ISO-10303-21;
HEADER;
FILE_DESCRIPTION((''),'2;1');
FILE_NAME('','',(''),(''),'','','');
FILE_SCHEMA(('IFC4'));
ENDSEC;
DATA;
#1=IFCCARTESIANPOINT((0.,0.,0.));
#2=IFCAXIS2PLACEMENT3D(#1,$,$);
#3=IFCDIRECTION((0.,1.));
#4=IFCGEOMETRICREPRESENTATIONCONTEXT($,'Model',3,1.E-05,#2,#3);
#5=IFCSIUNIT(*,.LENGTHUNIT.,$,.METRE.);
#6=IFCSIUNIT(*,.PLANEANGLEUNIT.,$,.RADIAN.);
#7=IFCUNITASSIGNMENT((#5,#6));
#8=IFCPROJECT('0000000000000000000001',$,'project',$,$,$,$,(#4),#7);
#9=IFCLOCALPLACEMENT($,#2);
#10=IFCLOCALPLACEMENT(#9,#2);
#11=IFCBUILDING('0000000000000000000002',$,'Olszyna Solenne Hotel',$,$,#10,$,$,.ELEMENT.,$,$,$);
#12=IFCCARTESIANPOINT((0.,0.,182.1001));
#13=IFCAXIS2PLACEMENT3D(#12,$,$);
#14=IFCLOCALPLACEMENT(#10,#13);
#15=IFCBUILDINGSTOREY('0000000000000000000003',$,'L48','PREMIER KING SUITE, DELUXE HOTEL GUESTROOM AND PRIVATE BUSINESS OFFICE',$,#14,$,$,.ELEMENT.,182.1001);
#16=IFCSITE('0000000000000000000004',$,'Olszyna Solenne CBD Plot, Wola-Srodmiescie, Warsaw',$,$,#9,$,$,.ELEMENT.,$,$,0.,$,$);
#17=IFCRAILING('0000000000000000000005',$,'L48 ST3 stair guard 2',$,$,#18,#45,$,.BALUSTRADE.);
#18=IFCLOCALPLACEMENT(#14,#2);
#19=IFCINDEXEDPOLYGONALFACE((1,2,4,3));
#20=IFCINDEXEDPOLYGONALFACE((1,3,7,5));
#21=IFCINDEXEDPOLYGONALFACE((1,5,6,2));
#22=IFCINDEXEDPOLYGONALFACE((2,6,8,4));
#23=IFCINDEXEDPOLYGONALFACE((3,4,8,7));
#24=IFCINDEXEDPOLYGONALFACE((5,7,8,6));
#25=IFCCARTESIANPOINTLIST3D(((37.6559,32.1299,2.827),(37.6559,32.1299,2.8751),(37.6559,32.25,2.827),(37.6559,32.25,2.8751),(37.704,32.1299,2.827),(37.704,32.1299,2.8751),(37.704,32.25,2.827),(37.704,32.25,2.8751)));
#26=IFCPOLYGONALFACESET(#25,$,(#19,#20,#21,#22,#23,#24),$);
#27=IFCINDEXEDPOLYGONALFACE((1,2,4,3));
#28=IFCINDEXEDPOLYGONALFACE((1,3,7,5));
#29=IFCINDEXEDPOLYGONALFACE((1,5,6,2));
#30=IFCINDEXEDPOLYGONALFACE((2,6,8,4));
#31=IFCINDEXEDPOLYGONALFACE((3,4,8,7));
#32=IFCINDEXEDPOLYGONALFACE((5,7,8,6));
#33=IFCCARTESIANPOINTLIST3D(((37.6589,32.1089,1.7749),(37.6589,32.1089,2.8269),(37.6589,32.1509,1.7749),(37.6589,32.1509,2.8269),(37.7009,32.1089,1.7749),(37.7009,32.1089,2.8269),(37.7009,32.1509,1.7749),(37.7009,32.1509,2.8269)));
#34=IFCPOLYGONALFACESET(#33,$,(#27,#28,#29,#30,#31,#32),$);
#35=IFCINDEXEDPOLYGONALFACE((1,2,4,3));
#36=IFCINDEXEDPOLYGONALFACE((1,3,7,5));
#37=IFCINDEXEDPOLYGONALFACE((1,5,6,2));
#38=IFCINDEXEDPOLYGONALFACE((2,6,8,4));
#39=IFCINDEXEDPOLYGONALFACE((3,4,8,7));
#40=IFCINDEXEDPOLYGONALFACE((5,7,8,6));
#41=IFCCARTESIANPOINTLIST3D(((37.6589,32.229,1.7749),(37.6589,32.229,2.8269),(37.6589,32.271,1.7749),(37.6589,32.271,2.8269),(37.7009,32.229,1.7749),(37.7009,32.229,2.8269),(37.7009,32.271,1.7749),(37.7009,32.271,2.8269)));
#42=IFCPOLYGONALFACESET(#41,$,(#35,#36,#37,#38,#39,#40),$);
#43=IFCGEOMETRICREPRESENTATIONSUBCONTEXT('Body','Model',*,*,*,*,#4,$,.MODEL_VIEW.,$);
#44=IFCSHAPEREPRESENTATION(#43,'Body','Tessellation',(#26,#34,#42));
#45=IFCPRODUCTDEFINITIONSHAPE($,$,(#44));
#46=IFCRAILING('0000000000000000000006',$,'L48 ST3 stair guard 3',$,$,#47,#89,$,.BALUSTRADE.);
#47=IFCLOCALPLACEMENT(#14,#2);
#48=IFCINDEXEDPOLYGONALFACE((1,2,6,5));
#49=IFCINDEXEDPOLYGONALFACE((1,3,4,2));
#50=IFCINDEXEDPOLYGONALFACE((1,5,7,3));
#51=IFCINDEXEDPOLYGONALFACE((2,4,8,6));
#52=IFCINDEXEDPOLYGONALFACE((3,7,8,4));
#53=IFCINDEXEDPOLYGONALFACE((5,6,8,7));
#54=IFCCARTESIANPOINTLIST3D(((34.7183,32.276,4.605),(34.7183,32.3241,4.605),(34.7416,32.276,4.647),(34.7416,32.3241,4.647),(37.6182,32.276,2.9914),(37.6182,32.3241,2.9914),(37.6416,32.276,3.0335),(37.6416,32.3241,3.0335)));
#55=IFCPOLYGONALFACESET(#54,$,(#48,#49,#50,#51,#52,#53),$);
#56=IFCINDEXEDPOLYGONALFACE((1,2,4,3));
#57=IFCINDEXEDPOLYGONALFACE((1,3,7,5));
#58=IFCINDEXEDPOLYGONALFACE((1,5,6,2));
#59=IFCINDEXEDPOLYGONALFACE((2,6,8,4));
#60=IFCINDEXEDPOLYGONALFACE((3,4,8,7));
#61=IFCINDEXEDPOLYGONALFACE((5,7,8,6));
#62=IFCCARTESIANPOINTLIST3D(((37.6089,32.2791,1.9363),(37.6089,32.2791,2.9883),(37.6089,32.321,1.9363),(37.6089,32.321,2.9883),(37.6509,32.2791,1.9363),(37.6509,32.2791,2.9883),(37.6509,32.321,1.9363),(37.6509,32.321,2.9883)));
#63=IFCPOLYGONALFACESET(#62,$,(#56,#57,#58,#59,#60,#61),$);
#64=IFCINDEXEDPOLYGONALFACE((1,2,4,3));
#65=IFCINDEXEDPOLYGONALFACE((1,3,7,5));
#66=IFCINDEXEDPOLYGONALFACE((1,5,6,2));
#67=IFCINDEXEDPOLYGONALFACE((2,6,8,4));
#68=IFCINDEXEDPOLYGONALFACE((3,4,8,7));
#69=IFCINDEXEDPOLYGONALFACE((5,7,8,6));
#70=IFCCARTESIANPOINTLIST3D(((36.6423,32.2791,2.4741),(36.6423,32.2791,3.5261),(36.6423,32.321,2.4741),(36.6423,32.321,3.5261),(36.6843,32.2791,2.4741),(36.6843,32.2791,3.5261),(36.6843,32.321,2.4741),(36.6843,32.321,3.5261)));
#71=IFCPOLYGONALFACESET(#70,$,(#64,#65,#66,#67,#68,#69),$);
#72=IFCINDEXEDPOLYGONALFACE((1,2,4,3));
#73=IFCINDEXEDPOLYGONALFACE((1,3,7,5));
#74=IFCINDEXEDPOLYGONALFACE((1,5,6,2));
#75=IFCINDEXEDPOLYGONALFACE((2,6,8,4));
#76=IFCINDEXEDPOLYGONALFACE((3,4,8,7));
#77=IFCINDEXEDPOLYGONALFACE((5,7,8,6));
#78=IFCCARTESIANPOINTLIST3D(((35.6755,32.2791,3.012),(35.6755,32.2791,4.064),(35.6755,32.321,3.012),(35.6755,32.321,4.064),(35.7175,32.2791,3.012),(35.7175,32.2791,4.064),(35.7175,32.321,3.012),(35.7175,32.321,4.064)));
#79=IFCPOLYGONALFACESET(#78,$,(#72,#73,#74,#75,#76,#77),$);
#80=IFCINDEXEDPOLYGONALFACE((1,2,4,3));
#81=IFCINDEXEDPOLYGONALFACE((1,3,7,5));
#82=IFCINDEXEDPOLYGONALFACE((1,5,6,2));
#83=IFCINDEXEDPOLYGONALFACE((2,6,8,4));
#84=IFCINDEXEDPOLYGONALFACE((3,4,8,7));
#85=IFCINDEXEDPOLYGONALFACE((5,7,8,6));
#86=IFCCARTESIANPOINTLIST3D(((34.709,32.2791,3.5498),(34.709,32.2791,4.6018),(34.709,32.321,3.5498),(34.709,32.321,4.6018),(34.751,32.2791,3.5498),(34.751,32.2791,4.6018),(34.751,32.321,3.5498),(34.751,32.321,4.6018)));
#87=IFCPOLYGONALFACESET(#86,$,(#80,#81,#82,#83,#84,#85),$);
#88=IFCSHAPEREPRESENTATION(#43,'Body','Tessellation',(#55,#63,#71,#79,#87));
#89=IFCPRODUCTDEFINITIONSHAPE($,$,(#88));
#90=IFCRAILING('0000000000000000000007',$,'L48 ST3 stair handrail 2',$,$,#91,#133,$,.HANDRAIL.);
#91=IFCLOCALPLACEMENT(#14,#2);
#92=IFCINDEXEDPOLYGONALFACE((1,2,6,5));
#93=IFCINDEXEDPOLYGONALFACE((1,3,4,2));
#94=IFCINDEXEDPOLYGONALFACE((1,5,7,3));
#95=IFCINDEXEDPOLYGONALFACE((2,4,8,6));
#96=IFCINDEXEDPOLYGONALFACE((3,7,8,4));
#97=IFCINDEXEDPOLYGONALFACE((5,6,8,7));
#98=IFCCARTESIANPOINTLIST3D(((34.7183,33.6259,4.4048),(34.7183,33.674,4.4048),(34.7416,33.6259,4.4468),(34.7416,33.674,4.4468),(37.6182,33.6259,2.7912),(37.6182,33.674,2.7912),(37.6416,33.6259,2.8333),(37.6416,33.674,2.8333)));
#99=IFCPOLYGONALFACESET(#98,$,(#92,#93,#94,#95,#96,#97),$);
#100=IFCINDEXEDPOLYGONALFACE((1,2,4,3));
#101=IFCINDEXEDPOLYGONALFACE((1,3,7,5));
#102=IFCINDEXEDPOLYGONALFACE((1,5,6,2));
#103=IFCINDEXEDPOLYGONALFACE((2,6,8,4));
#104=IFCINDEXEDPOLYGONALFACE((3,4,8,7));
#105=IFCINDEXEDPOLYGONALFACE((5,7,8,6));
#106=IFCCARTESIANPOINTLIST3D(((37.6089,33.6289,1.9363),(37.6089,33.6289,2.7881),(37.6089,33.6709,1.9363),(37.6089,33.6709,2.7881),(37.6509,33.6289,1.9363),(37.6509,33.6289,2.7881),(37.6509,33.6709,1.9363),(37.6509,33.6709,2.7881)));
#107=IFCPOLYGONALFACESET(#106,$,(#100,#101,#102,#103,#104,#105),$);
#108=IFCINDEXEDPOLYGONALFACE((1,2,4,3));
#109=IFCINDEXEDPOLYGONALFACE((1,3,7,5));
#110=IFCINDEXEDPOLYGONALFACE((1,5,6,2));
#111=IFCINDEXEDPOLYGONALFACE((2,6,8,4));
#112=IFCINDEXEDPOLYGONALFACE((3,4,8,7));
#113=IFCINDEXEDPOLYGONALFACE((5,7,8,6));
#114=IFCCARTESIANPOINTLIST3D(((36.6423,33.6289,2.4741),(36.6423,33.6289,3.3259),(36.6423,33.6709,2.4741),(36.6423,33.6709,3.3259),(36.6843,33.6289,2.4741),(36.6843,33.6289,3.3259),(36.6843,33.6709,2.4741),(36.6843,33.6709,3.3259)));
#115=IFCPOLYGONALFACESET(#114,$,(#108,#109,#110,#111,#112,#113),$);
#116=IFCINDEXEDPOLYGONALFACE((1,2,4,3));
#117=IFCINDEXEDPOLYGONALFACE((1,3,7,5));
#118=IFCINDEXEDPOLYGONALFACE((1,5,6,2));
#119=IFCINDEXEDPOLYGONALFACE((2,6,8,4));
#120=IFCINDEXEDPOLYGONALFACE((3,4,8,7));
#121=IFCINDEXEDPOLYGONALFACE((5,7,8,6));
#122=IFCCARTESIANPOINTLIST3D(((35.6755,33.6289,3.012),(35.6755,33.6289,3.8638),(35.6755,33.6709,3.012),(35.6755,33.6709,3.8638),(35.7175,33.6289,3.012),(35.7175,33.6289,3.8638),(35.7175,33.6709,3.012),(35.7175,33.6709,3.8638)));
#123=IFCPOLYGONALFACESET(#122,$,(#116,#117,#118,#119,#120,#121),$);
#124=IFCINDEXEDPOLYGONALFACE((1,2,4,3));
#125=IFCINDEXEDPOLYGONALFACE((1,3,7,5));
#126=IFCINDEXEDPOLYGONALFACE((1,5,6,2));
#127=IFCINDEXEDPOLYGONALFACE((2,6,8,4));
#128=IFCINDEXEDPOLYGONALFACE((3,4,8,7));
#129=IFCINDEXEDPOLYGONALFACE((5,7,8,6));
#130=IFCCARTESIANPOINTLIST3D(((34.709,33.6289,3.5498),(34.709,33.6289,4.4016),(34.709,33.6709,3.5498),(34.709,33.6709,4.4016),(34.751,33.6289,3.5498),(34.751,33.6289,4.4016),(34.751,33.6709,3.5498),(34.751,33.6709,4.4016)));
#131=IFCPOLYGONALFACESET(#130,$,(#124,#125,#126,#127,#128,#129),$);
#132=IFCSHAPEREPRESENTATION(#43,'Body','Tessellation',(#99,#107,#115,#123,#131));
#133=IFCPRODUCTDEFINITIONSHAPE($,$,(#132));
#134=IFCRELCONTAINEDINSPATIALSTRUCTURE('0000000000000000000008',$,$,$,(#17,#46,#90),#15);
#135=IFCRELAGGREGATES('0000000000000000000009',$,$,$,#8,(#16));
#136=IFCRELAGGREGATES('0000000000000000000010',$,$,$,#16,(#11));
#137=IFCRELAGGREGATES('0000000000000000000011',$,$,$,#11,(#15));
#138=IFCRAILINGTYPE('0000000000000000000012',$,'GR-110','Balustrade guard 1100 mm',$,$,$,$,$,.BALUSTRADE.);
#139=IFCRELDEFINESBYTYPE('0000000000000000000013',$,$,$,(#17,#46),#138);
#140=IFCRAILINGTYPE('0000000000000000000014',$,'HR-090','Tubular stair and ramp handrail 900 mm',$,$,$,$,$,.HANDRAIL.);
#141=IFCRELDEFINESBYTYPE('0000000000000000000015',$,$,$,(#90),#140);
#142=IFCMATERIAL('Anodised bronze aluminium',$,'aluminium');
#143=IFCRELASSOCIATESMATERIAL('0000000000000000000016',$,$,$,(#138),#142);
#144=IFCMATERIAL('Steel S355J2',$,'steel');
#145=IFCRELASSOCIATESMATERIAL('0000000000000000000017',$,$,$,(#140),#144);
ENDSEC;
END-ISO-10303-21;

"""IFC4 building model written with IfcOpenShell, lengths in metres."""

from ifc_helpers import new_model, si_unit, direction, frame, origin, origin_2d, place, context, subcontext, project, spatial, rectangle, extrude, material, type_object, element, save


model = new_model("IFC4")

# Units and contexts
model_context = context("Model", 3, precision=1e-05, world=origin(), true_north=direction((0.0, 1.0)))
body_context = subcontext(model_context, "Body", "Model", "MODEL_VIEW")
ifc_project = project(units=[si_unit("LENGTHUNIT", "METRE"), si_unit("PLANEANGLEUNIT", "RADIAN")], contexts=[model_context])

# Site, building, storey
site_placement = place(None, origin())
site = spatial("IfcSite", under=ifc_project, at=site_placement, Name="Olszyna Solenne CBD Plot, Wola-Srodmiescie, Warsaw", CompositionType="ELEMENT", RefElevation=0.0)
building_placement = place(site_placement, origin())
building = spatial("IfcBuilding", under=site, at=building_placement, Name="Olszyna Solenne Hotel", CompositionType="ELEMENT")
storey_placement = place(building_placement, frame((0.0, 0.0, 182.1001)))
storey = spatial("IfcBuildingStorey", under=building, at=storey_placement, Name="L48", Description="PREMIER KING SUITE, DELUXE HOTEL GUESTROOM AND PRIVATE BUSINESS OFFICE", CompositionType="ELEMENT", Elevation=182.1001)

# Shared definitions
ifc_material_1 = material(Name="Steel S355J2", Category="steel")

# Shared definitions
ifc_material_2 = material(Name="Anodised bronze aluminium", Category="aluminium")

# Railings
railing_type_1 = type_object("IfcRailingType", Name="GR-110", Description="Balustrade guard 1100 mm", PredefinedType="BALUSTRADE", material=ifc_material_2)
railing_1_placement = place(storey_placement, frame((37.6799, 32.1299, 1.7749)))
element("IfcRailing", 1, at=railing_1_placement, inside=storey, type_object=railing_type_1, Name="L48 ST3 stair guard 2", PredefinedType="BALUSTRADE", context=body_context, shape_type="SweptSolid", body=[
    extrude(rectangle(XDim=0.0481, YDim=0.0481, at=origin_2d()), frame((0.0, 0.0, 1.0762), z_axis=(0.0, 1.0, 0.0), x_axis=(-1.0, 0.0, 0.0)), (0.0, 0.0, 1.0), 0.1201),
    extrude(rectangle(XDim=0.042, YDim=0.042, at=origin_2d()), origin(), (0.0, 0.0, 1.0), 1.052),
    extrude(rectangle(XDim=0.042, YDim=0.042, at=origin_2d()), frame((0.0, 0.1201, 0.0)), (0.0, 0.0, 1.0), 1.052),
])
railing_2_placement = place(storey_placement, frame((37.6299, 32.3, 1.9363)))
element("IfcRailing", 2, at=railing_2_placement, inside=storey, type_object=railing_type_1, Name="L48 ST3 stair guard 3", PredefinedType="BALUSTRADE", context=body_context, shape_type="SweptSolid", body=[
    extrude(rectangle(XDim=0.0481, YDim=0.0481, at=origin_2d()), frame((0.0, 0.0, 1.0762), z_axis=(-0.873841, 0.0, 0.486211), x_axis=(0.0, -1.0, 0.0)), (0.0, 0.0, 1.0), 3.3186),
    extrude(rectangle(XDim=0.042, YDim=0.042, at=origin_2d()), origin(), (0.0, 0.0, 1.0), 1.052),
    extrude(rectangle(XDim=0.042, YDim=0.042, at=origin_2d()), frame((-0.9666, 0.0, 0.5378)), (0.0, 0.0, 1.0), 1.052),
    extrude(rectangle(XDim=0.042, YDim=0.042, at=origin_2d()), frame((-1.9333, 0.0, 1.0757)), (0.0, 0.0, 1.0), 1.052),
    extrude(rectangle(XDim=0.042, YDim=0.042, at=origin_2d()), frame((-2.8999, 0.0, 1.6135)), (0.0, 0.0, 1.0), 1.052),
])
railing_type_2 = type_object("IfcRailingType", Name="HR-090", Description="Tubular stair and ramp handrail 900 mm", PredefinedType="HANDRAIL", material=ifc_material_1)
railing_3_placement = place(storey_placement, frame((37.6299, 33.6499, 1.9363)))
element("IfcRailing", 3, at=railing_3_placement, inside=storey, type_object=railing_type_2, Name="L48 ST3 stair handrail 2", PredefinedType="HANDRAIL", context=body_context, shape_type="SweptSolid", body=[
    extrude(rectangle(XDim=0.0481, YDim=0.0481, at=origin_2d()), frame((0.0, 0.0, 0.876), z_axis=(-0.873841, 0.0, 0.486211), x_axis=(0.0, -1.0, 0.0)), (0.0, 0.0, 1.0), 3.3186),
    extrude(rectangle(XDim=0.042, YDim=0.042, at=origin_2d()), origin(), (0.0, 0.0, 1.0), 0.8518),
    extrude(rectangle(XDim=0.042, YDim=0.042, at=origin_2d()), frame((-0.9666, 0.0, 0.5378)), (0.0, 0.0, 1.0), 0.8518),
    extrude(rectangle(XDim=0.042, YDim=0.042, at=origin_2d()), frame((-1.9333, 0.0, 1.0757)), (0.0, 0.0, 1.0), 0.8518),
    extrude(rectangle(XDim=0.042, YDim=0.042, at=origin_2d()), frame((-2.8999, 0.0, 1.6135)), (0.0, 0.0, 1.0), 0.8518),
])

save(model, "model.ifc")
